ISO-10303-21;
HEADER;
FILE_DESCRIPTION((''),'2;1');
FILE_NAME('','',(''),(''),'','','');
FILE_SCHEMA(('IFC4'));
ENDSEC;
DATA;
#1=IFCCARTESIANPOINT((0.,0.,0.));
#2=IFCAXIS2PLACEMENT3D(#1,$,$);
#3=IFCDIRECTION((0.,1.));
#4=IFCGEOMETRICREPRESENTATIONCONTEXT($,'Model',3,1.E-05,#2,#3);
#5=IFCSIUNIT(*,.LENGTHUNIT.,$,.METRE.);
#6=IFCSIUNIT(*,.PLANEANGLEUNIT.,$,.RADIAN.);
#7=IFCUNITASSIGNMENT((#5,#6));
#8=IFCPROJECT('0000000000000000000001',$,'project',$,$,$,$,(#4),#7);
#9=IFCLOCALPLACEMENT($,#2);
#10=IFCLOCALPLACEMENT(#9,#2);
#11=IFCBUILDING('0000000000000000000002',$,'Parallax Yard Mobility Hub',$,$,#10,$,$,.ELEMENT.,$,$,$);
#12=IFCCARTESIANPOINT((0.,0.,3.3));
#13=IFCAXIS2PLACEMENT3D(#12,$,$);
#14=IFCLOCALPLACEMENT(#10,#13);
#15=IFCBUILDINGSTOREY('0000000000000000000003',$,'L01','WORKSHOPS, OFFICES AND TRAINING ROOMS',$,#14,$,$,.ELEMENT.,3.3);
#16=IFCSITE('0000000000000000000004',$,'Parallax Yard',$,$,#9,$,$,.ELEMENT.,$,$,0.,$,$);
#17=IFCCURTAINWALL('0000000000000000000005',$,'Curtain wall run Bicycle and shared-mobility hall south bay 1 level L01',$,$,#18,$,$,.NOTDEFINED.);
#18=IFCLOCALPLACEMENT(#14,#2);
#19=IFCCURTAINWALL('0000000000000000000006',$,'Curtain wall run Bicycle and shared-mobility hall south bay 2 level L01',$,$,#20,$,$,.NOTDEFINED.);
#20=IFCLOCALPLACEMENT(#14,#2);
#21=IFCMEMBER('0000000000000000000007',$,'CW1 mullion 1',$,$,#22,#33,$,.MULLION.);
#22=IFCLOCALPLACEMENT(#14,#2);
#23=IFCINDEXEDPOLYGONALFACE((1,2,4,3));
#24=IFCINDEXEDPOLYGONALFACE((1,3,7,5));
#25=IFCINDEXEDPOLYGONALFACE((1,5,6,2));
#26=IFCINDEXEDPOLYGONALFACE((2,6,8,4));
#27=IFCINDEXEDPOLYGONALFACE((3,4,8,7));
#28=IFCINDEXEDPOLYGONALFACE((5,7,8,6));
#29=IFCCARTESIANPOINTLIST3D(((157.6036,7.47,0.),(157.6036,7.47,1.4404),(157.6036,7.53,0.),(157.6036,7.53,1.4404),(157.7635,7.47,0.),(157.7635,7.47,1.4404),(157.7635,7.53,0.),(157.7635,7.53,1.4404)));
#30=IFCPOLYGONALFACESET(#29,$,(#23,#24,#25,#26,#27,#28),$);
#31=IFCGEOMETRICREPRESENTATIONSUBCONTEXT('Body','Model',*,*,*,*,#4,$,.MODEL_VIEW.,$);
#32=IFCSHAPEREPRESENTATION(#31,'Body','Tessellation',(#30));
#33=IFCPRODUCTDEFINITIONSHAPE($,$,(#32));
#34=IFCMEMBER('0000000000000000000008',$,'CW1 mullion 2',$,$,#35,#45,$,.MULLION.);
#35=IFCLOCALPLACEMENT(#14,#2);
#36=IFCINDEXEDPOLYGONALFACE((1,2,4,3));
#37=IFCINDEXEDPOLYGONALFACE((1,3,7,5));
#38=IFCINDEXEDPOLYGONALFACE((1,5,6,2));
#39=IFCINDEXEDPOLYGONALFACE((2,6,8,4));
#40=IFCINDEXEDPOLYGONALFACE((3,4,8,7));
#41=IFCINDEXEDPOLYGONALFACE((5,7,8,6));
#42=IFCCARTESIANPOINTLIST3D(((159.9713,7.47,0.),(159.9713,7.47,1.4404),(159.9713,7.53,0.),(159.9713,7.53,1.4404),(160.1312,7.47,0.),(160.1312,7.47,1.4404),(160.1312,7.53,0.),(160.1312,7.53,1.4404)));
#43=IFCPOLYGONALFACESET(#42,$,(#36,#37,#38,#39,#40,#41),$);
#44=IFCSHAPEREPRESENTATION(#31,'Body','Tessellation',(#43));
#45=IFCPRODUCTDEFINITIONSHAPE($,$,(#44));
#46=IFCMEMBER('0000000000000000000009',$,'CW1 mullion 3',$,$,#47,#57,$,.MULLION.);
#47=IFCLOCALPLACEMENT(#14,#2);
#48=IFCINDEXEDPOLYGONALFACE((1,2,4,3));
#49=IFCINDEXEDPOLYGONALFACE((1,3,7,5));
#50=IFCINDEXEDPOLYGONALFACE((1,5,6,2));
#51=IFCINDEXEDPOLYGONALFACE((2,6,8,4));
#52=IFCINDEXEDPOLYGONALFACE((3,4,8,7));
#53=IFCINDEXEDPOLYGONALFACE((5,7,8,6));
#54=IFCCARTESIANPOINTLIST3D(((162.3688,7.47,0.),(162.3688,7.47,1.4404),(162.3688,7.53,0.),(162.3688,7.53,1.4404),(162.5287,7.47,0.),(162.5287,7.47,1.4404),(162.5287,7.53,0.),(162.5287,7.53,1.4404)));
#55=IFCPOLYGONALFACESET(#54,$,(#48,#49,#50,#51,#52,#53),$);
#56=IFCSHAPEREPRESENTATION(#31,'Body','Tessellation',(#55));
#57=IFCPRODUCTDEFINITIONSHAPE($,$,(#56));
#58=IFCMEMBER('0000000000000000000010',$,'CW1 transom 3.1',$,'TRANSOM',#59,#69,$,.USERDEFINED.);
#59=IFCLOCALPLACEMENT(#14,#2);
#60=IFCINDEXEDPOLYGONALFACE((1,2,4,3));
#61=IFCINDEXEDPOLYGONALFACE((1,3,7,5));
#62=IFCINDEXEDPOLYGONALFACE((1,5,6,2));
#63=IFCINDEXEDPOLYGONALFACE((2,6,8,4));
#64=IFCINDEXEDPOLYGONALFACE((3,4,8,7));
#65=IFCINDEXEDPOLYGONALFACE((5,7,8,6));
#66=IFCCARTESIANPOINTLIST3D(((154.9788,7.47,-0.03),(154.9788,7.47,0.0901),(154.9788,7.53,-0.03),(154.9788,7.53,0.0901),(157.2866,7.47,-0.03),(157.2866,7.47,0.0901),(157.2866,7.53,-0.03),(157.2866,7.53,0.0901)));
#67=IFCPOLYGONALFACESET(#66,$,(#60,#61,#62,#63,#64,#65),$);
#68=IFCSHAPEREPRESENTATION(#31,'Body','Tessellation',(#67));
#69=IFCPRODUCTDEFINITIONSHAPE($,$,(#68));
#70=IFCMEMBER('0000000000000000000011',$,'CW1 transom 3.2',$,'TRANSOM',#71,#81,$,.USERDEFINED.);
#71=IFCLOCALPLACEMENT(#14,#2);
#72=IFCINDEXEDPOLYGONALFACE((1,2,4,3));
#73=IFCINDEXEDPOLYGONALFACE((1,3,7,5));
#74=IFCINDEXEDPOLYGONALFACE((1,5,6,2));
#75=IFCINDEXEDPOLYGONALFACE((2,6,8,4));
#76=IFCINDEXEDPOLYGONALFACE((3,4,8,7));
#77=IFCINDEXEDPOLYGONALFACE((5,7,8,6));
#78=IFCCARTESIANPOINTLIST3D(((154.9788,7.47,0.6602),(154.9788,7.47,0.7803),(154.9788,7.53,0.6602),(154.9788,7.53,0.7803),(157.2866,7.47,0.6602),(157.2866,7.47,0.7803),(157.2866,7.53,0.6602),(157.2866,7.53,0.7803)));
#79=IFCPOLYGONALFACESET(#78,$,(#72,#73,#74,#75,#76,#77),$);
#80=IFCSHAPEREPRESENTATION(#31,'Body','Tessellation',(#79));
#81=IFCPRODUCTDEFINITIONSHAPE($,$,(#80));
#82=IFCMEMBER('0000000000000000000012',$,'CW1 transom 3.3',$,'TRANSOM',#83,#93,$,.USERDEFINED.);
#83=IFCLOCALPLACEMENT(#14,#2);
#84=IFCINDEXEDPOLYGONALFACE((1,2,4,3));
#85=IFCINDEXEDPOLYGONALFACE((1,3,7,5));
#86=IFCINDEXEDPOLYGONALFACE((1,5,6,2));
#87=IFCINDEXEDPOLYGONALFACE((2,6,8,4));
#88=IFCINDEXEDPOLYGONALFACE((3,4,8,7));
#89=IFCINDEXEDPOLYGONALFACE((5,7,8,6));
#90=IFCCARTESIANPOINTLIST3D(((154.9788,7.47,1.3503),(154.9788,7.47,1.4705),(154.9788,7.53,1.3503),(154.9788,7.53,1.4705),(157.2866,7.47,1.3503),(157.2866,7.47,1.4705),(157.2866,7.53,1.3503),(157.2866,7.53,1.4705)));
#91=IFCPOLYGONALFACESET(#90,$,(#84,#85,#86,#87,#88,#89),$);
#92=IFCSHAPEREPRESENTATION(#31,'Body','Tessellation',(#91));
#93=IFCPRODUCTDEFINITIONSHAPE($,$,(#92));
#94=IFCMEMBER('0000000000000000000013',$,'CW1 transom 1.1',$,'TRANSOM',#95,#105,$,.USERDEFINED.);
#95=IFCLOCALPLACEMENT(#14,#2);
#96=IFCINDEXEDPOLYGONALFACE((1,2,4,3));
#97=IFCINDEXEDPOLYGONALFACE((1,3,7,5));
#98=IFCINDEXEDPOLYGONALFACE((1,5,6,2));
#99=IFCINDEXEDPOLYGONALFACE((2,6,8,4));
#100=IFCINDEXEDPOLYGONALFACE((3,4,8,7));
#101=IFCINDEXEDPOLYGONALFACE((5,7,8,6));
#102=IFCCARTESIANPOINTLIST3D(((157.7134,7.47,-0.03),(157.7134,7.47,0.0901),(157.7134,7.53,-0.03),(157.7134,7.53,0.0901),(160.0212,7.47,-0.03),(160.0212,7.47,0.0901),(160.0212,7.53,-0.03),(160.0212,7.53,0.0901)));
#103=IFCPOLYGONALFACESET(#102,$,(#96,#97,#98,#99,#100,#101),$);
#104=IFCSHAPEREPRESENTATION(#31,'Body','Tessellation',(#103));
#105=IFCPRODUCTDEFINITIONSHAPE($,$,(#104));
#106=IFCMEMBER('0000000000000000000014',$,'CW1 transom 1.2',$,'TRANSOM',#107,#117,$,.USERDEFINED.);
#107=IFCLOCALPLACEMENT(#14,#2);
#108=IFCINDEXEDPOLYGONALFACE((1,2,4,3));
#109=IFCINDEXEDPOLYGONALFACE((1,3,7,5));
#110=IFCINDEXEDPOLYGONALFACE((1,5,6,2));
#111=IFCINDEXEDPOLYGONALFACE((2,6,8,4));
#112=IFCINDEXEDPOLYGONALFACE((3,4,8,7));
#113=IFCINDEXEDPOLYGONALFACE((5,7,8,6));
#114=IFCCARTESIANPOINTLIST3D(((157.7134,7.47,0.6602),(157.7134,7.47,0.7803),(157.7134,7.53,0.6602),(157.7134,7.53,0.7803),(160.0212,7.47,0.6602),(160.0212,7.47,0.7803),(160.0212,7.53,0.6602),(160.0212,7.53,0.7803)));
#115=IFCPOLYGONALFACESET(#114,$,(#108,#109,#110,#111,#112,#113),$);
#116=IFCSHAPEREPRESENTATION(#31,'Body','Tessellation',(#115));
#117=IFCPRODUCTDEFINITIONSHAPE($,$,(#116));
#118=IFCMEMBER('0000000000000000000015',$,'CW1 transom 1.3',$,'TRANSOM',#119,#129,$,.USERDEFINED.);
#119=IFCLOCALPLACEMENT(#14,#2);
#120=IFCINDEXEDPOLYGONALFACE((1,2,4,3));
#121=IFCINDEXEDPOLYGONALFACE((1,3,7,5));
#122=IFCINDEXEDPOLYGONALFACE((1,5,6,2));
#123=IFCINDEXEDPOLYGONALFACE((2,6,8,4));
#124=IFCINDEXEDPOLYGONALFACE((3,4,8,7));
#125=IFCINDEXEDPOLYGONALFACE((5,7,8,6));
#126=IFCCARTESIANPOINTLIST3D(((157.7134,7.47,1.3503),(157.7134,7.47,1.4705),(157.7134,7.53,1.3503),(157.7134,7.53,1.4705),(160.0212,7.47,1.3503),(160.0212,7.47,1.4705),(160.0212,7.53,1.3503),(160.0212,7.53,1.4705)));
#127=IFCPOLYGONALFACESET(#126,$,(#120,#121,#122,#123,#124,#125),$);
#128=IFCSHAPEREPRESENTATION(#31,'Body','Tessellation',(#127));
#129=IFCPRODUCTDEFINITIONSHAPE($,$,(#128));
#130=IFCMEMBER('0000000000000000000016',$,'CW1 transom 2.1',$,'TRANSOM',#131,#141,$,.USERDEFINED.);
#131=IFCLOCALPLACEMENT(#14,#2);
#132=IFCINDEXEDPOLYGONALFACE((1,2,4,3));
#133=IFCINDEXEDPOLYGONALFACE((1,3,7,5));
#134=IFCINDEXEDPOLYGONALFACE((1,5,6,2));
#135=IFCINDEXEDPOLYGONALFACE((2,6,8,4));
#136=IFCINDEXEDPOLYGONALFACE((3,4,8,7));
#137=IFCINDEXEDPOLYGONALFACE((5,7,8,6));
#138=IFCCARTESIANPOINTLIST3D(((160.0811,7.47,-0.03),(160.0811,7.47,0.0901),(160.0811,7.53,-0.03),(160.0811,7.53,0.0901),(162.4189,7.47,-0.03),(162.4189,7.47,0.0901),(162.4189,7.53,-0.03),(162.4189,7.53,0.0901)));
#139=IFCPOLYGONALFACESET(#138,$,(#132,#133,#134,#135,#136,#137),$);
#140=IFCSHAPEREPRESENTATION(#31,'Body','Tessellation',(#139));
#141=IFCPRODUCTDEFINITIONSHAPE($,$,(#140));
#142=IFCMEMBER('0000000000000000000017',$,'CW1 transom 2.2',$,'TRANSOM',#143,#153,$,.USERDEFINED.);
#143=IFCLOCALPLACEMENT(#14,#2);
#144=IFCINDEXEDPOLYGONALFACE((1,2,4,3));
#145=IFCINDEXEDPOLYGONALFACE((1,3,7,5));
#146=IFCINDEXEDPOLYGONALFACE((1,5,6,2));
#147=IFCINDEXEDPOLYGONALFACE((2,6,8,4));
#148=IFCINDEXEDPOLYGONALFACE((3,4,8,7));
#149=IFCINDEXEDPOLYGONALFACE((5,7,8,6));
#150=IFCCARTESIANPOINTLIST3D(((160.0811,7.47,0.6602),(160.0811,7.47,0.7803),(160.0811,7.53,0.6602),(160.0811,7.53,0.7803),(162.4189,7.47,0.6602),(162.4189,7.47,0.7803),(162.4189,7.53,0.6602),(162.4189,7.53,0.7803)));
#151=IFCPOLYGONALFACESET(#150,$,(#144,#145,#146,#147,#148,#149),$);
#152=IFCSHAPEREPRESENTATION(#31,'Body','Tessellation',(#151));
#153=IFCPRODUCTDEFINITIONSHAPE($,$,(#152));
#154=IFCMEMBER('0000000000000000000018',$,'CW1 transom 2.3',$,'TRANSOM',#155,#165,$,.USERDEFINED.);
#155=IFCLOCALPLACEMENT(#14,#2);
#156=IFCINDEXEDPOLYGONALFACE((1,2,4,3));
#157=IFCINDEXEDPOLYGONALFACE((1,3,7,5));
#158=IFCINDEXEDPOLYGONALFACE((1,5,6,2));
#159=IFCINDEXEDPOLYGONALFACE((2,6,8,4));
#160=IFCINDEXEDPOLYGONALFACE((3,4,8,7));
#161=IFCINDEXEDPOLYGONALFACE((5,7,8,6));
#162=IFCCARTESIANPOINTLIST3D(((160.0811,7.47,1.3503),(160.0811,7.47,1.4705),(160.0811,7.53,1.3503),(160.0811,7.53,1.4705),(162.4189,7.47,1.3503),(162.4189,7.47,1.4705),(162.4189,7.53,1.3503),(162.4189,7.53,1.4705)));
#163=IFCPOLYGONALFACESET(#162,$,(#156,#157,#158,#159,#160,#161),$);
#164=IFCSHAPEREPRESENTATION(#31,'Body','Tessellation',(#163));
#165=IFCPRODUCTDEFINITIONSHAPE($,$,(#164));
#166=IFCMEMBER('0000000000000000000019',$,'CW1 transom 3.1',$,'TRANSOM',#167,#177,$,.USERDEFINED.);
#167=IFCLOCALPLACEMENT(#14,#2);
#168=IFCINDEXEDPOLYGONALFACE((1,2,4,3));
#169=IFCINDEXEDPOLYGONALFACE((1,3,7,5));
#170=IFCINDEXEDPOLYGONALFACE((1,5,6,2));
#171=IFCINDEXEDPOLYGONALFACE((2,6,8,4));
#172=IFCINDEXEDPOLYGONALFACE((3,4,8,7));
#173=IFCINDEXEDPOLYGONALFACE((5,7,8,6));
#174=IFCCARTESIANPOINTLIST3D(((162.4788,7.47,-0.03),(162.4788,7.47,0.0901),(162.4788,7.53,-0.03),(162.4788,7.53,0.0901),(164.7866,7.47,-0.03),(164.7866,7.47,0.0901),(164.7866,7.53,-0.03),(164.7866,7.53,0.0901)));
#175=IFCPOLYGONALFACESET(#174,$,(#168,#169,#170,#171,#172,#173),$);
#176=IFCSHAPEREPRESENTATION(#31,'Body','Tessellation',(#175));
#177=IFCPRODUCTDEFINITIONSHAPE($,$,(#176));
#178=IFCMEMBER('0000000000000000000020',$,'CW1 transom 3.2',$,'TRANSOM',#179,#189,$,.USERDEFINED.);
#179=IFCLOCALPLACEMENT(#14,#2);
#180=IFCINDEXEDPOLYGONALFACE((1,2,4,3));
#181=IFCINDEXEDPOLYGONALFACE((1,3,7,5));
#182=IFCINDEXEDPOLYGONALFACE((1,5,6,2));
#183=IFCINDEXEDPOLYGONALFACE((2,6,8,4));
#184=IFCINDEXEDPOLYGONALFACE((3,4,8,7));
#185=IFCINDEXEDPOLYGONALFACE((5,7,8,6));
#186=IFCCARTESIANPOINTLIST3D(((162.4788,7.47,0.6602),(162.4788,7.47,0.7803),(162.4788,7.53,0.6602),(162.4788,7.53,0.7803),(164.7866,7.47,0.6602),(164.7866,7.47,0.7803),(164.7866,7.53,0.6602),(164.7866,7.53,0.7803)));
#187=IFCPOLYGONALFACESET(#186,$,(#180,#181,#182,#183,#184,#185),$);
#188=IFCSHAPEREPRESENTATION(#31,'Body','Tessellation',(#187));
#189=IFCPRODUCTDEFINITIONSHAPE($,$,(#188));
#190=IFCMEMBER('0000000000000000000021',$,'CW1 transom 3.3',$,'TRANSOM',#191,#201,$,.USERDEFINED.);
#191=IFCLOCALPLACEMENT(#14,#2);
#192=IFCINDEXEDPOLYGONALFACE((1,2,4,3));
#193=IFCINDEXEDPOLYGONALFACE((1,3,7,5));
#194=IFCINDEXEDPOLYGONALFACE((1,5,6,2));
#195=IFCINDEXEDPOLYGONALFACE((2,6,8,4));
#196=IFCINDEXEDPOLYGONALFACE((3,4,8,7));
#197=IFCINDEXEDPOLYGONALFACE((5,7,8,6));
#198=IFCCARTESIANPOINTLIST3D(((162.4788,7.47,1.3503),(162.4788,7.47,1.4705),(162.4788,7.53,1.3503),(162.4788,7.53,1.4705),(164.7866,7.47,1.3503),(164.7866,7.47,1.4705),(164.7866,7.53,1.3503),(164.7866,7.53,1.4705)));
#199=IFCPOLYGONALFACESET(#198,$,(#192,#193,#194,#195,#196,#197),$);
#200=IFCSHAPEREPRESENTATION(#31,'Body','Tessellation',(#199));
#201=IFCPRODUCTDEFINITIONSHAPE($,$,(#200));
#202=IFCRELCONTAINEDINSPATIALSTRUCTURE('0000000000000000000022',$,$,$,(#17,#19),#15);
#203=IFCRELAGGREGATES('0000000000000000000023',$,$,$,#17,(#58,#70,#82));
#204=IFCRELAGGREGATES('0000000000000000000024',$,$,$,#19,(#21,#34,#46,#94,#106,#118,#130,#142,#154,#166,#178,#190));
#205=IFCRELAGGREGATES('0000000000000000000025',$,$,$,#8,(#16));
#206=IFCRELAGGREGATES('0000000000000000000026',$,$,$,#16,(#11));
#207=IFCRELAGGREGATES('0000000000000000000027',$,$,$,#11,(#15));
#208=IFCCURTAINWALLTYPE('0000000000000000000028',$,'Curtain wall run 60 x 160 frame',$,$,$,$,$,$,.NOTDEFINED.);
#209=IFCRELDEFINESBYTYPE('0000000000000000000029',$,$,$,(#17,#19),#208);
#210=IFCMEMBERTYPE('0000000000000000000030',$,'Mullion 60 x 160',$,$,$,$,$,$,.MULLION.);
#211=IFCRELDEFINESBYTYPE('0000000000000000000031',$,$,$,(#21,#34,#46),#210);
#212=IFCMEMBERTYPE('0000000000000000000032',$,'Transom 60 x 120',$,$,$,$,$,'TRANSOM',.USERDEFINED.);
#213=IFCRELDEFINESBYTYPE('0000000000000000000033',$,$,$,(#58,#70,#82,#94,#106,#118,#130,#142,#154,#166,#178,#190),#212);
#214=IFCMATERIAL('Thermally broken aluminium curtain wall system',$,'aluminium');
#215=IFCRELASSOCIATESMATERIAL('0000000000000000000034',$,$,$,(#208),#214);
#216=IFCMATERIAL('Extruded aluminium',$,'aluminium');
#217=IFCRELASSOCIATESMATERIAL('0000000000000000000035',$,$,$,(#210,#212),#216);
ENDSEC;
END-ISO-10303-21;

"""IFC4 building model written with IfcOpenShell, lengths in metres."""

from ifc_helpers import new_model, si_unit, direction, frame, origin, origin_2d, place, context, subcontext, project, spatial, rectangle, extrude, material, material_profile, profile_set, type_object, element, aggregate, save


model = new_model("IFC4")

# Units and contexts
model_context = context("Model", 3, precision=1e-05, world=origin(), true_north=direction((0.0, 1.0)))
body_context = subcontext(model_context, "Body", "Model", "MODEL_VIEW")
ifc_project = project(units=[si_unit("LENGTHUNIT", "METRE"), si_unit("PLANEANGLEUNIT", "RADIAN")], contexts=[model_context])

# Site, building, storey
site_placement = place(None, origin())
site = spatial("IfcSite", under=ifc_project, at=site_placement, Name="Parallax Yard", CompositionType="ELEMENT", RefElevation=0.0)
building_placement = place(site_placement, origin())
building = spatial("IfcBuilding", under=site, at=building_placement, Name="Parallax Yard Mobility Hub", CompositionType="ELEMENT")
storey_placement = place(building_placement, frame((0.0, 0.0, 3.3)))
storey = spatial("IfcBuildingStorey", under=building, at=storey_placement, Name="L01", Description="WORKSHOPS, OFFICES AND TRAINING ROOMS", CompositionType="ELEMENT", Elevation=3.3)

# Curtain walls, members
ifc_material_1 = material(Name="Thermally broken aluminium curtain wall system", Category="aluminium")
curtain_wall_type = type_object("IfcCurtainWallType", Name="Curtain wall run 60 x 160 frame", PredefinedType="NOTDEFINED", material=ifc_material_1)
curtain_wall_1_placement = place(storey_placement, origin())
curtain_wall_1 = element("IfcCurtainWall", 1, at=curtain_wall_1_placement, inside=storey, type_object=curtain_wall_type, Name="Curtain wall run Bicycle and shared-mobility hall south bay 1 level L01", PredefinedType="NOTDEFINED")
ifc_material_2 = material(Name="Extruded aluminium", Category="aluminium")
ifc_material_profile_1 = material_profile(ifc_material_2, rectangle(XDim=0.0601, YDim=0.1599, at=origin_2d()), Name="Mullion 60 x 160")
ifc_profile_set_1 = profile_set([ifc_material_profile_1], Name="Extruded aluminium")
member_type_1 = type_object("IfcMemberType", Name="Mullion 60 x 160", PredefinedType="MULLION", material=ifc_profile_set_1)
curtain_wall_2_placement = place(storey_placement, origin())
curtain_wall_2 = element("IfcCurtainWall", 2, at=curtain_wall_2_placement, inside=storey, type_object=curtain_wall_type, Name="Curtain wall run Bicycle and shared-mobility hall south bay 2 level L01", PredefinedType="NOTDEFINED")
member_1_placement = place(storey_placement, frame((157.6836, 7.5, 0.0), z_axis=(0.0, 0.0, 1.0), x_axis=(0.0, 1.0, 0.0)))
member_1 = element("IfcMember", 3, at=member_1_placement, type_object=member_type_1, Name="CW1 mullion 1", PredefinedType="MULLION", context=body_context, shape_type="SweptSolid", body=[
    extrude(rectangle(XDim=0.0601, YDim=0.1599, at=origin_2d()), origin(), (0.0, 0.0, 1.0), 1.4404),
])
member_2_placement = place(storey_placement, frame((160.0513, 7.5, 0.0), z_axis=(0.0, 0.0, 1.0), x_axis=(0.0, 1.0, 0.0)))
member_2 = element("IfcMember", 4, at=member_2_placement, type_object=member_type_1, Name="CW1 mullion 2", PredefinedType="MULLION", context=body_context, shape_type="SweptSolid", body=[
    extrude(rectangle(XDim=0.0601, YDim=0.1599, at=origin_2d()), origin(), (0.0, 0.0, 1.0), 1.4404),
])
member_3_placement = place(storey_placement, frame((162.4487, 7.5, 0.0), z_axis=(0.0, 0.0, 1.0), x_axis=(0.0, 1.0, 0.0)))
member_3 = element("IfcMember", 5, at=member_3_placement, type_object=member_type_1, Name="CW1 mullion 3", PredefinedType="MULLION", context=body_context, shape_type="SweptSolid", body=[
    extrude(rectangle(XDim=0.0601, YDim=0.1599, at=origin_2d()), origin(), (0.0, 0.0, 1.0), 1.4404),
])

# Members
ifc_material_profile_2 = material_profile(ifc_material_2, rectangle(XDim=0.0601, YDim=0.1201, at=origin_2d()), Name="Transom 60 x 120")
ifc_profile_set_2 = profile_set([ifc_material_profile_2], Name="Extruded aluminium")
member_type_2 = type_object("IfcMemberType", Name="Transom 60 x 120", ElementType="TRANSOM", PredefinedType="USERDEFINED", material=ifc_profile_set_2)
member_4_placement = place(storey_placement, frame((154.9788, 7.5, 0.03), z_axis=(1.0, 0.0, 0.0), x_axis=(0.0, 1.0, 0.0)))
member_4 = element("IfcMember", 6, at=member_4_placement, type_object=member_type_2, Name="CW1 transom 3.1", ObjectType="TRANSOM", PredefinedType="USERDEFINED", context=body_context, shape_type="SweptSolid", body=[
    extrude(rectangle(XDim=0.0601, YDim=0.1201, at=origin_2d()), origin(), (0.0, 0.0, 1.0), 2.3079),
])
member_5_placement = place(storey_placement, frame((154.9788, 7.5, 0.7202), z_axis=(1.0, 0.0, 0.0), x_axis=(0.0, 1.0, 0.0)))
member_5 = element("IfcMember", 7, at=member_5_placement, type_object=member_type_2, Name="CW1 transom 3.2", ObjectType="TRANSOM", PredefinedType="USERDEFINED", context=body_context, shape_type="SweptSolid", body=[
    extrude(rectangle(XDim=0.0601, YDim=0.1201, at=origin_2d()), origin(), (0.0, 0.0, 1.0), 2.3079),
])
member_6_placement = place(storey_placement, frame((154.9788, 7.5, 1.4104), z_axis=(1.0, 0.0, 0.0), x_axis=(0.0, 1.0, 0.0)))
member_6 = element("IfcMember", 8, at=member_6_placement, type_object=member_type_2, Name="CW1 transom 3.3", ObjectType="TRANSOM", PredefinedType="USERDEFINED", context=body_context, shape_type="SweptSolid", body=[
    extrude(rectangle(XDim=0.0601, YDim=0.1201, at=origin_2d()), origin(), (0.0, 0.0, 1.0), 2.3079),
])
member_7_placement = place(storey_placement, frame((157.7134, 7.5, 0.03), z_axis=(1.0, 0.0, 0.0), x_axis=(0.0, 1.0, 0.0)))
member_7 = element("IfcMember", 9, at=member_7_placement, type_object=member_type_2, Name="CW1 transom 1.1", ObjectType="TRANSOM", PredefinedType="USERDEFINED", context=body_context, shape_type="SweptSolid", body=[
    extrude(rectangle(XDim=0.0601, YDim=0.1201, at=origin_2d()), origin(), (0.0, 0.0, 1.0), 2.3079),
])
member_8_placement = place(storey_placement, frame((157.7134, 7.5, 0.7202), z_axis=(1.0, 0.0, 0.0), x_axis=(0.0, 1.0, 0.0)))
member_8 = element("IfcMember", 10, at=member_8_placement, type_object=member_type_2, Name="CW1 transom 1.2", ObjectType="TRANSOM", PredefinedType="USERDEFINED", context=body_context, shape_type="SweptSolid", body=[
    extrude(rectangle(XDim=0.0601, YDim=0.1201, at=origin_2d()), origin(), (0.0, 0.0, 1.0), 2.3079),
])
member_9_placement = place(storey_placement, frame((157.7134, 7.5, 1.4104), z_axis=(1.0, 0.0, 0.0), x_axis=(0.0, 1.0, 0.0)))
member_9 = element("IfcMember", 11, at=member_9_placement, type_object=member_type_2, Name="CW1 transom 1.3", ObjectType="TRANSOM", PredefinedType="USERDEFINED", context=body_context, shape_type="SweptSolid", body=[
    extrude(rectangle(XDim=0.0601, YDim=0.1201, at=origin_2d()), origin(), (0.0, 0.0, 1.0), 2.3079),
])
member_10_placement = place(storey_placement, frame((160.0811, 7.5, 0.03), z_axis=(1.0, 0.0, 0.0), x_axis=(0.0, 1.0, 0.0)))
member_10 = element("IfcMember", 12, at=member_10_placement, type_object=member_type_2, Name="CW1 transom 2.1", ObjectType="TRANSOM", PredefinedType="USERDEFINED", context=body_context, shape_type="SweptSolid", body=[
    extrude(rectangle(XDim=0.0601, YDim=0.1201, at=origin_2d()), origin(), (0.0, 0.0, 1.0), 2.3379),
])
member_11_placement = place(storey_placement, frame((160.0811, 7.5, 0.7202), z_axis=(1.0, 0.0, 0.0), x_axis=(0.0, 1.0, 0.0)))
member_11 = element("IfcMember", 13, at=member_11_placement, type_object=member_type_2, Name="CW1 transom 2.2", ObjectType="TRANSOM", PredefinedType="USERDEFINED", context=body_context, shape_type="SweptSolid", body=[
    extrude(rectangle(XDim=0.0601, YDim=0.1201, at=origin_2d()), origin(), (0.0, 0.0, 1.0), 2.3379),
])
member_12_placement = place(storey_placement, frame((160.0811, 7.5, 1.4104), z_axis=(1.0, 0.0, 0.0), x_axis=(0.0, 1.0, 0.0)))
member_12 = element("IfcMember", 14, at=member_12_placement, type_object=member_type_2, Name="CW1 transom 2.3", ObjectType="TRANSOM", PredefinedType="USERDEFINED", context=body_context, shape_type="SweptSolid", body=[
    extrude(rectangle(XDim=0.0601, YDim=0.1201, at=origin_2d()), origin(), (0.0, 0.0, 1.0), 2.3379),
])
member_13_placement = place(storey_placement, frame((162.4788, 7.5, 0.03), z_axis=(1.0, 0.0, 0.0), x_axis=(0.0, 1.0, 0.0)))
member_13 = element("IfcMember", 15, at=member_13_placement, type_object=member_type_2, Name="CW1 transom 3.1", ObjectType="TRANSOM", PredefinedType="USERDEFINED", context=body_context, shape_type="SweptSolid", body=[
    extrude(rectangle(XDim=0.0601, YDim=0.1201, at=origin_2d()), origin(), (0.0, 0.0, 1.0), 2.3079),
])
member_14_placement = place(storey_placement, frame((162.4788, 7.5, 0.7202), z_axis=(1.0, 0.0, 0.0), x_axis=(0.0, 1.0, 0.0)))
member_14 = element("IfcMember", 16, at=member_14_placement, type_object=member_type_2, Name="CW1 transom 3.2", ObjectType="TRANSOM", PredefinedType="USERDEFINED", context=body_context, shape_type="SweptSolid", body=[
    extrude(rectangle(XDim=0.0601, YDim=0.1201, at=origin_2d()), origin(), (0.0, 0.0, 1.0), 2.3079),
])
member_15_placement = place(storey_placement, frame((162.4788, 7.5, 1.4104), z_axis=(1.0, 0.0, 0.0), x_axis=(0.0, 1.0, 0.0)))
member_15 = element("IfcMember", 17, at=member_15_placement, type_object=member_type_2, Name="CW1 transom 3.3", ObjectType="TRANSOM", PredefinedType="USERDEFINED", context=body_context, shape_type="SweptSolid", body=[
    extrude(rectangle(XDim=0.0601, YDim=0.1201, at=origin_2d()), origin(), (0.0, 0.0, 1.0), 2.3079),
])

aggregate(curtain_wall_1, [member_4, member_5, member_6])
aggregate(curtain_wall_2, [member_1, member_2, member_3, member_7, member_8, member_9, member_10, member_11, member_12, member_13, member_14, member_15])

save(model, "model.ifc")
